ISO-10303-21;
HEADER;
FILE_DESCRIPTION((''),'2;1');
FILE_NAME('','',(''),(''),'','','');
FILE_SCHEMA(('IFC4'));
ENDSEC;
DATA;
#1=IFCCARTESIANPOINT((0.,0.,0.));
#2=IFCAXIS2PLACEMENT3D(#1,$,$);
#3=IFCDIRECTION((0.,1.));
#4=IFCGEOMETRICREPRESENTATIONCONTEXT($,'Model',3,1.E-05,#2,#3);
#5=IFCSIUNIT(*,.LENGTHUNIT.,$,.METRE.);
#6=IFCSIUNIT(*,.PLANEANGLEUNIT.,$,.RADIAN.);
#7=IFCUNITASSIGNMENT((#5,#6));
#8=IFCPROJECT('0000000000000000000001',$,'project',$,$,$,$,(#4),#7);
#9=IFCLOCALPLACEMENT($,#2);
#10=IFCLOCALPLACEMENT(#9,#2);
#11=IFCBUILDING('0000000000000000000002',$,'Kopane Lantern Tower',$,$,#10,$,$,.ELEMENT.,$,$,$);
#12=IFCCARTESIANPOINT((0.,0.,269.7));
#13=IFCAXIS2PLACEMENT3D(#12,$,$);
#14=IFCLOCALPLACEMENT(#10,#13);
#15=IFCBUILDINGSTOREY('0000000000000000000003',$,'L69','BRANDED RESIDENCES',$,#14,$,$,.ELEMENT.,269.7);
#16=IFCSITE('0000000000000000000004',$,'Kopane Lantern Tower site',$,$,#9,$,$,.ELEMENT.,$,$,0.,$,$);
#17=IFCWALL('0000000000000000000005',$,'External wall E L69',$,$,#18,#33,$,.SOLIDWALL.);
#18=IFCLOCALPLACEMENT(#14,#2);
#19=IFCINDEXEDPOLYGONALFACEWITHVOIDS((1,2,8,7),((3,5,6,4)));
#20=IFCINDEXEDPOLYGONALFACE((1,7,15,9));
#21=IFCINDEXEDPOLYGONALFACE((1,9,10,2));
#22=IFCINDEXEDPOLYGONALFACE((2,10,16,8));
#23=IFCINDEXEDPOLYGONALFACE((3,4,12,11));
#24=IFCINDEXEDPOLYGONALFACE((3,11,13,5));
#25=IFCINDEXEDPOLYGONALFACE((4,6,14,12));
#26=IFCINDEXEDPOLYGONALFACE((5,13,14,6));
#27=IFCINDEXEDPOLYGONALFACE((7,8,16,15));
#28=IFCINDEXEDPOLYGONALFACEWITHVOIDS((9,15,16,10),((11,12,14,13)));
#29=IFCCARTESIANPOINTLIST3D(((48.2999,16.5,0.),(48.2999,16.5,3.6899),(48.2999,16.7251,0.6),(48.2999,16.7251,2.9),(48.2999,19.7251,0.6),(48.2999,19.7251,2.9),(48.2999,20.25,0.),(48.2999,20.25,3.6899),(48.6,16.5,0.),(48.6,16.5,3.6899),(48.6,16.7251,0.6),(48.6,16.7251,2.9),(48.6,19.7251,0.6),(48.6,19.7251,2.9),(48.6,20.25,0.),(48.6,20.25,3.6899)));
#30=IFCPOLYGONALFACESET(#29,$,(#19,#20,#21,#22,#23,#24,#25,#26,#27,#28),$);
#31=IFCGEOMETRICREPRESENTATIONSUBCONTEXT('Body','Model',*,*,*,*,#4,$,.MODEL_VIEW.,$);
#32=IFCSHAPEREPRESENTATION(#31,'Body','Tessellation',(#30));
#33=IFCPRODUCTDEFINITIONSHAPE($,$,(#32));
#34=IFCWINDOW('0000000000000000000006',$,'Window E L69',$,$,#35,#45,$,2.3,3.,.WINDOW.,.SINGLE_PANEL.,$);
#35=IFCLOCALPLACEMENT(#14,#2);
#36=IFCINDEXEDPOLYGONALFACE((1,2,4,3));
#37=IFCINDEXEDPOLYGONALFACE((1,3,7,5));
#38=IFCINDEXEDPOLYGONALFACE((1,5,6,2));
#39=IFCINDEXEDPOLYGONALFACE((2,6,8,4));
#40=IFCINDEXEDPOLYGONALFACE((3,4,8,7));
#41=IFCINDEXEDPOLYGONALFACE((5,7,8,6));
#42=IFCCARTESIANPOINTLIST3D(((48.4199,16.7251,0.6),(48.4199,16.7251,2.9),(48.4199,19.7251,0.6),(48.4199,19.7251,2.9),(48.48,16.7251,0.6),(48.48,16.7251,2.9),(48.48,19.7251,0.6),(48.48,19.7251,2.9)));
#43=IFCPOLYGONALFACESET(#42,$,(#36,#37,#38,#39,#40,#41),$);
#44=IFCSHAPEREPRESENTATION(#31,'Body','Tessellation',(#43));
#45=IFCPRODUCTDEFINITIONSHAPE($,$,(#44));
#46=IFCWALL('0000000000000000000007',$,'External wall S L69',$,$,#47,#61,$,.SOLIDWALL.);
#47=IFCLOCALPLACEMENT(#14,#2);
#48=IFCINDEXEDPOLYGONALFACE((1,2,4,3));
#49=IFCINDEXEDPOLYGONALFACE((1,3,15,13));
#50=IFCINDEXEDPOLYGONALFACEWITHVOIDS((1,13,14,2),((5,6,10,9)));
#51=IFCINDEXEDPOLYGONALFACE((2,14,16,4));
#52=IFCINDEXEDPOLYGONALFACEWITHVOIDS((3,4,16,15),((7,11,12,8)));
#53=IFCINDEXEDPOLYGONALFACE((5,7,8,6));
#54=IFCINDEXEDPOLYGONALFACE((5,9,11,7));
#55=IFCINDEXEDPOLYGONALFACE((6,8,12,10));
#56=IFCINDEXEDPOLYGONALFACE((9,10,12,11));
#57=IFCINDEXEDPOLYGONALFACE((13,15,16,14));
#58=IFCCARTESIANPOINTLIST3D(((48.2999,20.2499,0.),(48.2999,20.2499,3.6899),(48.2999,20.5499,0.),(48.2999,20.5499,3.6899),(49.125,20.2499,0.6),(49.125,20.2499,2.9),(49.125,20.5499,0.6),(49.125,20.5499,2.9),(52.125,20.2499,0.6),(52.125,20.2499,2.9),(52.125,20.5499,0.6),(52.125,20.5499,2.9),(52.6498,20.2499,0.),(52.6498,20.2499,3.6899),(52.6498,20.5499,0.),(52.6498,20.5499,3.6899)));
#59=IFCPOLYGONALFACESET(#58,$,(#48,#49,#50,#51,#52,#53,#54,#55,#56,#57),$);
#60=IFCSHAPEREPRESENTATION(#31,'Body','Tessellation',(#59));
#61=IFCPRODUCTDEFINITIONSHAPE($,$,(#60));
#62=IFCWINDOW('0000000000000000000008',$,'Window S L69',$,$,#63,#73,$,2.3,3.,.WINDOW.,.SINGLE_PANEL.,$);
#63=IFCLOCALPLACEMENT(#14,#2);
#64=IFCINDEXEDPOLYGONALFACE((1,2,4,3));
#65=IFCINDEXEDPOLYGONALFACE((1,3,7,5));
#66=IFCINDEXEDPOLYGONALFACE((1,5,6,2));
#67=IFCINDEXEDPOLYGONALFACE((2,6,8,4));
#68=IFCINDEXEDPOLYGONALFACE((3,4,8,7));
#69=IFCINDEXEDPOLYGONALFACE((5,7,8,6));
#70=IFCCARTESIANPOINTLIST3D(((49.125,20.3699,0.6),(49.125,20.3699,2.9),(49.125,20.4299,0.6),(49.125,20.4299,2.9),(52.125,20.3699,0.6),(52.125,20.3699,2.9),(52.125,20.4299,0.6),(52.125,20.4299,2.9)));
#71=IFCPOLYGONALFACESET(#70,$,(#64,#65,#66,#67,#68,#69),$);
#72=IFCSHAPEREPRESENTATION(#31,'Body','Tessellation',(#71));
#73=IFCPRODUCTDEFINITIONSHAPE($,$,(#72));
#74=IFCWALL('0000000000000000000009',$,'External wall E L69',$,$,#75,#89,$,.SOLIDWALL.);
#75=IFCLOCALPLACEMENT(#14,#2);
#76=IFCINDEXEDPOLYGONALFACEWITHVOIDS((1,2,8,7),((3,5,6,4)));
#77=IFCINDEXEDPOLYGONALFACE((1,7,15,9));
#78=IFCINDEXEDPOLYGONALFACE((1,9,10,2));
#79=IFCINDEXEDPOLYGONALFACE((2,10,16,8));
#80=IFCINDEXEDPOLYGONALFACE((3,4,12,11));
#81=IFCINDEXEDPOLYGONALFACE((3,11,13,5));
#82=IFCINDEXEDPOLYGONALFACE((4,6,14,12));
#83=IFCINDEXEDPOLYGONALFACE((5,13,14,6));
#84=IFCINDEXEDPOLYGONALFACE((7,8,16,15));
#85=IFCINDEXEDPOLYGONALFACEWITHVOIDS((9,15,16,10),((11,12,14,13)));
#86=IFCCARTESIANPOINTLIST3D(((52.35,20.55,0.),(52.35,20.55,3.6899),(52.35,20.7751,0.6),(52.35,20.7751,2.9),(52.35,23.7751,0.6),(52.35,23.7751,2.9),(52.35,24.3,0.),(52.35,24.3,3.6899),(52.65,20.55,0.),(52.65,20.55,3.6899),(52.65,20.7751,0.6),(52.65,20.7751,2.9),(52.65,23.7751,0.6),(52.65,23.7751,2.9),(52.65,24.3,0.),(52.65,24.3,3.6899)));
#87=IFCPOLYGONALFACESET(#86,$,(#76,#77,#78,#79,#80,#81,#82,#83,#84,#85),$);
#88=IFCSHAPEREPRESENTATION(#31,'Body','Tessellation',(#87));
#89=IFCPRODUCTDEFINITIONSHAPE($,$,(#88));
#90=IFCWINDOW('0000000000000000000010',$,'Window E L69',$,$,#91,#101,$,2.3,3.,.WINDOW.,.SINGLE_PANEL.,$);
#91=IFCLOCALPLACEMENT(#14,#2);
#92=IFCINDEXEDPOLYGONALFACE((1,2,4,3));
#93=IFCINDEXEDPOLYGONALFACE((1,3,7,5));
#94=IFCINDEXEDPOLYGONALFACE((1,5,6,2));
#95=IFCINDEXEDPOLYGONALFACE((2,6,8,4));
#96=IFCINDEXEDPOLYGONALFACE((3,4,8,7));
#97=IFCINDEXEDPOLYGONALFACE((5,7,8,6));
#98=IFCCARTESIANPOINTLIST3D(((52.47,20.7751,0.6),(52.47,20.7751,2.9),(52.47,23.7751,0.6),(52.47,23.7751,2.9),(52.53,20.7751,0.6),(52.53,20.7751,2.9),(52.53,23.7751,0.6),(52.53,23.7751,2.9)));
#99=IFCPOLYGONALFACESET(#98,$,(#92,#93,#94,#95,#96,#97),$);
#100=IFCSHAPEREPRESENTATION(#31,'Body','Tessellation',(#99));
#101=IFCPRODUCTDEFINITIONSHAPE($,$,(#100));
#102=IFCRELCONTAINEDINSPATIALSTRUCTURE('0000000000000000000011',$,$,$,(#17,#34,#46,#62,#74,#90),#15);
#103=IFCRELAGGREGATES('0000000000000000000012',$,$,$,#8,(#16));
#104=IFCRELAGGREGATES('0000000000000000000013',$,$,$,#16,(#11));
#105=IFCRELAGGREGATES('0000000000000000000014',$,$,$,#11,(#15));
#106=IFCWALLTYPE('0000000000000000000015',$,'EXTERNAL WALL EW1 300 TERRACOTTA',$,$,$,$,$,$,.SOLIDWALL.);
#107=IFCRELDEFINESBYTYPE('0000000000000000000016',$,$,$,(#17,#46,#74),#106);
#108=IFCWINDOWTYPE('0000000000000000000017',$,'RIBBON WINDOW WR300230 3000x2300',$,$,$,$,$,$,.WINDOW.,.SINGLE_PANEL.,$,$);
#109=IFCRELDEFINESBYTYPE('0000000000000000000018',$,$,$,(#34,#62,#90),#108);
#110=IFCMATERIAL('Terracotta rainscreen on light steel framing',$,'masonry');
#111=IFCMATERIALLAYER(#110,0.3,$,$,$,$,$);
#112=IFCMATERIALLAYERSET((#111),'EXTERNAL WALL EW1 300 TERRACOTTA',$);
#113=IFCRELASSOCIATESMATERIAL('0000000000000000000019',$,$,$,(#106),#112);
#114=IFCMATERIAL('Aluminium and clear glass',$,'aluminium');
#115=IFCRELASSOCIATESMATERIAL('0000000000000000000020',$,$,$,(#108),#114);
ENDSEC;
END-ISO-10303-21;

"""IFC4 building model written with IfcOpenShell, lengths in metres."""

from ifc_helpers import new_model, si_unit, direction, frame, frame_2d, origin, place, context, subcontext, project, spatial, rectangle, extrude, material, layer, layer_set, type_object, element, fill, save


model = new_model("IFC4")

# Units and contexts
model_context = context("Model", 3, precision=1e-05, world=origin(), true_north=direction((0.0, 1.0)))
body_context = subcontext(model_context, "Body", "Model", "MODEL_VIEW")
ifc_project = project(units=[si_unit("LENGTHUNIT", "METRE"), si_unit("PLANEANGLEUNIT", "RADIAN")], contexts=[model_context])

# Site, building, storey
site_placement = place(None, origin())
site = spatial("IfcSite", under=ifc_project, at=site_placement, Name="Kopane Lantern Tower site", CompositionType="ELEMENT", RefElevation=0.0)
building_placement = place(site_placement, origin())
building = spatial("IfcBuilding", under=site, at=building_placement, Name="Kopane Lantern Tower", CompositionType="ELEMENT")
storey_placement = place(building_placement, frame((0.0, 0.0, 269.7)))
storey = spatial("IfcBuildingStorey", under=building, at=storey_placement, Name="L69", Description="BRANDED RESIDENCES", CompositionType="ELEMENT", Elevation=269.7)

# Walls, openings, windows
ifc_material_1 = material(Name="Terracotta rainscreen on light steel framing", Category="masonry")
ifc_layer = layer(ifc_material_1, 0.3)
ifc_layer_set = layer_set([ifc_layer], Name="EXTERNAL WALL EW1 300 TERRACOTTA")
wall_type = type_object("IfcWallType", Name="EXTERNAL WALL EW1 300 TERRACOTTA", PredefinedType="SOLIDWALL", material=ifc_layer_set)
wall_1_placement = place(storey_placement, frame((48.45, 16.5, 0.0), z_axis=(0.0, 0.0, 1.0), x_axis=(0.0, 1.0, 0.0)))
wall_1 = element("IfcWall", 1, at=wall_1_placement, inside=storey, type_object=wall_type, Name="External wall E L69", PredefinedType="SOLIDWALL", context=body_context, shape_type="SweptSolid", body=[
    extrude(rectangle(XDim=3.75, YDim=0.3, at=frame_2d((1.875, 0.0))), origin(), (0.0, 0.0, 1.0), 3.6899),
])
opening_1_placement = place(wall_1_placement, frame((0.2251, 0.0, 0.6001)))
opening_1 = element("IfcOpeningElement", 2, at=opening_1_placement, cuts=wall_1, PredefinedType="OPENING", context=body_context, shape_type="SweptSolid", body=[
    extrude(rectangle(XDim=3.0, YDim=2.3, at=frame_2d((1.5, 1.1499))), frame((0.0, 0.1599, 0.0), z_axis=(0.0, -1.0, 0.0), x_axis=(1.0, 0.0, 0.0)), (0.0, 0.0, 1.0), 0.3201),
])
ifc_material_2 = material(Name="Aluminium and clear glass", Category="aluminium")
window_type = type_object("IfcWindowType", Name="RIBBON WINDOW WR300230 3000x2300", PartitioningType="SINGLE_PANEL", PredefinedType="WINDOW", material=ifc_material_2)
window_1_placement = place(opening_1_placement, origin())
window_1 = element("IfcWindow", 3, at=window_1_placement, inside=storey, type_object=window_type, Name="Window E L69", OverallHeight=2.3, OverallWidth=3.0, PartitioningType="SINGLE_PANEL", PredefinedType="WINDOW", context=body_context, shape_type="SweptSolid", body=[
    extrude(rectangle(XDim=3.0, YDim=2.3, at=frame_2d((1.5, 1.1499))), frame((0.0, 0.03, 0.0), z_axis=(0.0, -1.0, 0.0), x_axis=(1.0, 0.0, 0.0)), (0.0, 0.0, 1.0), 0.0601),
])
fill(opening_1, window_1)
wall_2_placement = place(storey_placement, frame((48.3, 20.3999, 0.0), z_axis=(0.0, 0.0, 1.0), x_axis=(1.0, 0.0, 0.0)))
wall_2 = element("IfcWall", 4, at=wall_2_placement, inside=storey, type_object=wall_type, Name="External wall S L69", PredefinedType="SOLIDWALL", context=body_context, shape_type="SweptSolid", body=[
    extrude(rectangle(XDim=4.3499, YDim=0.3, at=frame_2d((2.1748, 0.0))), origin(), (0.0, 0.0, 1.0), 3.6899),
])
opening_2_placement = place(wall_2_placement, frame((0.825, 0.0, 0.6001)))
opening_2 = element("IfcOpeningElement", 5, at=opening_2_placement, cuts=wall_2, PredefinedType="OPENING", context=body_context, shape_type="SweptSolid", body=[
    extrude(rectangle(XDim=3.0, YDim=2.3, at=frame_2d((1.5, 1.1499))), frame((0.0, 0.1599, 0.0), z_axis=(0.0, -1.0, 0.0), x_axis=(1.0, 0.0, 0.0)), (0.0, 0.0, 1.0), 0.3201),
])
window_2_placement = place(opening_2_placement, origin())
window_2 = element("IfcWindow", 6, at=window_2_placement, inside=storey, type_object=window_type, Name="Window S L69", OverallHeight=2.3, OverallWidth=3.0, PartitioningType="SINGLE_PANEL", PredefinedType="WINDOW", context=body_context, shape_type="SweptSolid", body=[
    extrude(rectangle(XDim=3.0, YDim=2.3, at=frame_2d((1.5, 1.1499))), frame((0.0, 0.03, 0.0), z_axis=(0.0, -1.0, 0.0), x_axis=(1.0, 0.0, 0.0)), (0.0, 0.0, 1.0), 0.0601),
])
fill(opening_2, window_2)
wall_3_placement = place(storey_placement, frame((52.5, 20.55, 0.0), z_axis=(0.0, 0.0, 1.0), x_axis=(0.0, 1.0, 0.0)))
wall_3 = element("IfcWall", 7, at=wall_3_placement, inside=storey, type_object=wall_type, Name="External wall E L69", PredefinedType="SOLIDWALL", context=body_context, shape_type="SweptSolid", body=[
    extrude(rectangle(XDim=3.75, YDim=0.3, at=frame_2d((1.875, 0.0))), origin(), (0.0, 0.0, 1.0), 3.6899),
])
opening_3_placement = place(wall_3_placement, frame((0.2251, 0.0, 0.6001)))
opening_3 = element("IfcOpeningElement", 8, at=opening_3_placement, cuts=wall_3, PredefinedType="OPENING", context=body_context, shape_type="SweptSolid", body=[
    extrude(rectangle(XDim=3.0, YDim=2.3, at=frame_2d((1.5, 1.1499))), frame((0.0, 0.1599, 0.0), z_axis=(0.0, -1.0, 0.0), x_axis=(1.0, 0.0, 0.0)), (0.0, 0.0, 1.0), 0.3201),
])
window_3_placement = place(opening_3_placement, origin())
window_3 = element("IfcWindow", 9, at=window_3_placement, inside=storey, type_object=window_type, Name="Window E L69", OverallHeight=2.3, OverallWidth=3.0, PartitioningType="SINGLE_PANEL", PredefinedType="WINDOW", context=body_context, shape_type="SweptSolid", body=[
    extrude(rectangle(XDim=3.0, YDim=2.3, at=frame_2d((1.5, 1.1499))), frame((0.0, 0.03, 0.0), z_axis=(0.0, -1.0, 0.0), x_axis=(1.0, 0.0, 0.0)), (0.0, 0.0, 1.0), 0.0601),
])
fill(opening_3, window_3)

save(model, "model.ifc")
